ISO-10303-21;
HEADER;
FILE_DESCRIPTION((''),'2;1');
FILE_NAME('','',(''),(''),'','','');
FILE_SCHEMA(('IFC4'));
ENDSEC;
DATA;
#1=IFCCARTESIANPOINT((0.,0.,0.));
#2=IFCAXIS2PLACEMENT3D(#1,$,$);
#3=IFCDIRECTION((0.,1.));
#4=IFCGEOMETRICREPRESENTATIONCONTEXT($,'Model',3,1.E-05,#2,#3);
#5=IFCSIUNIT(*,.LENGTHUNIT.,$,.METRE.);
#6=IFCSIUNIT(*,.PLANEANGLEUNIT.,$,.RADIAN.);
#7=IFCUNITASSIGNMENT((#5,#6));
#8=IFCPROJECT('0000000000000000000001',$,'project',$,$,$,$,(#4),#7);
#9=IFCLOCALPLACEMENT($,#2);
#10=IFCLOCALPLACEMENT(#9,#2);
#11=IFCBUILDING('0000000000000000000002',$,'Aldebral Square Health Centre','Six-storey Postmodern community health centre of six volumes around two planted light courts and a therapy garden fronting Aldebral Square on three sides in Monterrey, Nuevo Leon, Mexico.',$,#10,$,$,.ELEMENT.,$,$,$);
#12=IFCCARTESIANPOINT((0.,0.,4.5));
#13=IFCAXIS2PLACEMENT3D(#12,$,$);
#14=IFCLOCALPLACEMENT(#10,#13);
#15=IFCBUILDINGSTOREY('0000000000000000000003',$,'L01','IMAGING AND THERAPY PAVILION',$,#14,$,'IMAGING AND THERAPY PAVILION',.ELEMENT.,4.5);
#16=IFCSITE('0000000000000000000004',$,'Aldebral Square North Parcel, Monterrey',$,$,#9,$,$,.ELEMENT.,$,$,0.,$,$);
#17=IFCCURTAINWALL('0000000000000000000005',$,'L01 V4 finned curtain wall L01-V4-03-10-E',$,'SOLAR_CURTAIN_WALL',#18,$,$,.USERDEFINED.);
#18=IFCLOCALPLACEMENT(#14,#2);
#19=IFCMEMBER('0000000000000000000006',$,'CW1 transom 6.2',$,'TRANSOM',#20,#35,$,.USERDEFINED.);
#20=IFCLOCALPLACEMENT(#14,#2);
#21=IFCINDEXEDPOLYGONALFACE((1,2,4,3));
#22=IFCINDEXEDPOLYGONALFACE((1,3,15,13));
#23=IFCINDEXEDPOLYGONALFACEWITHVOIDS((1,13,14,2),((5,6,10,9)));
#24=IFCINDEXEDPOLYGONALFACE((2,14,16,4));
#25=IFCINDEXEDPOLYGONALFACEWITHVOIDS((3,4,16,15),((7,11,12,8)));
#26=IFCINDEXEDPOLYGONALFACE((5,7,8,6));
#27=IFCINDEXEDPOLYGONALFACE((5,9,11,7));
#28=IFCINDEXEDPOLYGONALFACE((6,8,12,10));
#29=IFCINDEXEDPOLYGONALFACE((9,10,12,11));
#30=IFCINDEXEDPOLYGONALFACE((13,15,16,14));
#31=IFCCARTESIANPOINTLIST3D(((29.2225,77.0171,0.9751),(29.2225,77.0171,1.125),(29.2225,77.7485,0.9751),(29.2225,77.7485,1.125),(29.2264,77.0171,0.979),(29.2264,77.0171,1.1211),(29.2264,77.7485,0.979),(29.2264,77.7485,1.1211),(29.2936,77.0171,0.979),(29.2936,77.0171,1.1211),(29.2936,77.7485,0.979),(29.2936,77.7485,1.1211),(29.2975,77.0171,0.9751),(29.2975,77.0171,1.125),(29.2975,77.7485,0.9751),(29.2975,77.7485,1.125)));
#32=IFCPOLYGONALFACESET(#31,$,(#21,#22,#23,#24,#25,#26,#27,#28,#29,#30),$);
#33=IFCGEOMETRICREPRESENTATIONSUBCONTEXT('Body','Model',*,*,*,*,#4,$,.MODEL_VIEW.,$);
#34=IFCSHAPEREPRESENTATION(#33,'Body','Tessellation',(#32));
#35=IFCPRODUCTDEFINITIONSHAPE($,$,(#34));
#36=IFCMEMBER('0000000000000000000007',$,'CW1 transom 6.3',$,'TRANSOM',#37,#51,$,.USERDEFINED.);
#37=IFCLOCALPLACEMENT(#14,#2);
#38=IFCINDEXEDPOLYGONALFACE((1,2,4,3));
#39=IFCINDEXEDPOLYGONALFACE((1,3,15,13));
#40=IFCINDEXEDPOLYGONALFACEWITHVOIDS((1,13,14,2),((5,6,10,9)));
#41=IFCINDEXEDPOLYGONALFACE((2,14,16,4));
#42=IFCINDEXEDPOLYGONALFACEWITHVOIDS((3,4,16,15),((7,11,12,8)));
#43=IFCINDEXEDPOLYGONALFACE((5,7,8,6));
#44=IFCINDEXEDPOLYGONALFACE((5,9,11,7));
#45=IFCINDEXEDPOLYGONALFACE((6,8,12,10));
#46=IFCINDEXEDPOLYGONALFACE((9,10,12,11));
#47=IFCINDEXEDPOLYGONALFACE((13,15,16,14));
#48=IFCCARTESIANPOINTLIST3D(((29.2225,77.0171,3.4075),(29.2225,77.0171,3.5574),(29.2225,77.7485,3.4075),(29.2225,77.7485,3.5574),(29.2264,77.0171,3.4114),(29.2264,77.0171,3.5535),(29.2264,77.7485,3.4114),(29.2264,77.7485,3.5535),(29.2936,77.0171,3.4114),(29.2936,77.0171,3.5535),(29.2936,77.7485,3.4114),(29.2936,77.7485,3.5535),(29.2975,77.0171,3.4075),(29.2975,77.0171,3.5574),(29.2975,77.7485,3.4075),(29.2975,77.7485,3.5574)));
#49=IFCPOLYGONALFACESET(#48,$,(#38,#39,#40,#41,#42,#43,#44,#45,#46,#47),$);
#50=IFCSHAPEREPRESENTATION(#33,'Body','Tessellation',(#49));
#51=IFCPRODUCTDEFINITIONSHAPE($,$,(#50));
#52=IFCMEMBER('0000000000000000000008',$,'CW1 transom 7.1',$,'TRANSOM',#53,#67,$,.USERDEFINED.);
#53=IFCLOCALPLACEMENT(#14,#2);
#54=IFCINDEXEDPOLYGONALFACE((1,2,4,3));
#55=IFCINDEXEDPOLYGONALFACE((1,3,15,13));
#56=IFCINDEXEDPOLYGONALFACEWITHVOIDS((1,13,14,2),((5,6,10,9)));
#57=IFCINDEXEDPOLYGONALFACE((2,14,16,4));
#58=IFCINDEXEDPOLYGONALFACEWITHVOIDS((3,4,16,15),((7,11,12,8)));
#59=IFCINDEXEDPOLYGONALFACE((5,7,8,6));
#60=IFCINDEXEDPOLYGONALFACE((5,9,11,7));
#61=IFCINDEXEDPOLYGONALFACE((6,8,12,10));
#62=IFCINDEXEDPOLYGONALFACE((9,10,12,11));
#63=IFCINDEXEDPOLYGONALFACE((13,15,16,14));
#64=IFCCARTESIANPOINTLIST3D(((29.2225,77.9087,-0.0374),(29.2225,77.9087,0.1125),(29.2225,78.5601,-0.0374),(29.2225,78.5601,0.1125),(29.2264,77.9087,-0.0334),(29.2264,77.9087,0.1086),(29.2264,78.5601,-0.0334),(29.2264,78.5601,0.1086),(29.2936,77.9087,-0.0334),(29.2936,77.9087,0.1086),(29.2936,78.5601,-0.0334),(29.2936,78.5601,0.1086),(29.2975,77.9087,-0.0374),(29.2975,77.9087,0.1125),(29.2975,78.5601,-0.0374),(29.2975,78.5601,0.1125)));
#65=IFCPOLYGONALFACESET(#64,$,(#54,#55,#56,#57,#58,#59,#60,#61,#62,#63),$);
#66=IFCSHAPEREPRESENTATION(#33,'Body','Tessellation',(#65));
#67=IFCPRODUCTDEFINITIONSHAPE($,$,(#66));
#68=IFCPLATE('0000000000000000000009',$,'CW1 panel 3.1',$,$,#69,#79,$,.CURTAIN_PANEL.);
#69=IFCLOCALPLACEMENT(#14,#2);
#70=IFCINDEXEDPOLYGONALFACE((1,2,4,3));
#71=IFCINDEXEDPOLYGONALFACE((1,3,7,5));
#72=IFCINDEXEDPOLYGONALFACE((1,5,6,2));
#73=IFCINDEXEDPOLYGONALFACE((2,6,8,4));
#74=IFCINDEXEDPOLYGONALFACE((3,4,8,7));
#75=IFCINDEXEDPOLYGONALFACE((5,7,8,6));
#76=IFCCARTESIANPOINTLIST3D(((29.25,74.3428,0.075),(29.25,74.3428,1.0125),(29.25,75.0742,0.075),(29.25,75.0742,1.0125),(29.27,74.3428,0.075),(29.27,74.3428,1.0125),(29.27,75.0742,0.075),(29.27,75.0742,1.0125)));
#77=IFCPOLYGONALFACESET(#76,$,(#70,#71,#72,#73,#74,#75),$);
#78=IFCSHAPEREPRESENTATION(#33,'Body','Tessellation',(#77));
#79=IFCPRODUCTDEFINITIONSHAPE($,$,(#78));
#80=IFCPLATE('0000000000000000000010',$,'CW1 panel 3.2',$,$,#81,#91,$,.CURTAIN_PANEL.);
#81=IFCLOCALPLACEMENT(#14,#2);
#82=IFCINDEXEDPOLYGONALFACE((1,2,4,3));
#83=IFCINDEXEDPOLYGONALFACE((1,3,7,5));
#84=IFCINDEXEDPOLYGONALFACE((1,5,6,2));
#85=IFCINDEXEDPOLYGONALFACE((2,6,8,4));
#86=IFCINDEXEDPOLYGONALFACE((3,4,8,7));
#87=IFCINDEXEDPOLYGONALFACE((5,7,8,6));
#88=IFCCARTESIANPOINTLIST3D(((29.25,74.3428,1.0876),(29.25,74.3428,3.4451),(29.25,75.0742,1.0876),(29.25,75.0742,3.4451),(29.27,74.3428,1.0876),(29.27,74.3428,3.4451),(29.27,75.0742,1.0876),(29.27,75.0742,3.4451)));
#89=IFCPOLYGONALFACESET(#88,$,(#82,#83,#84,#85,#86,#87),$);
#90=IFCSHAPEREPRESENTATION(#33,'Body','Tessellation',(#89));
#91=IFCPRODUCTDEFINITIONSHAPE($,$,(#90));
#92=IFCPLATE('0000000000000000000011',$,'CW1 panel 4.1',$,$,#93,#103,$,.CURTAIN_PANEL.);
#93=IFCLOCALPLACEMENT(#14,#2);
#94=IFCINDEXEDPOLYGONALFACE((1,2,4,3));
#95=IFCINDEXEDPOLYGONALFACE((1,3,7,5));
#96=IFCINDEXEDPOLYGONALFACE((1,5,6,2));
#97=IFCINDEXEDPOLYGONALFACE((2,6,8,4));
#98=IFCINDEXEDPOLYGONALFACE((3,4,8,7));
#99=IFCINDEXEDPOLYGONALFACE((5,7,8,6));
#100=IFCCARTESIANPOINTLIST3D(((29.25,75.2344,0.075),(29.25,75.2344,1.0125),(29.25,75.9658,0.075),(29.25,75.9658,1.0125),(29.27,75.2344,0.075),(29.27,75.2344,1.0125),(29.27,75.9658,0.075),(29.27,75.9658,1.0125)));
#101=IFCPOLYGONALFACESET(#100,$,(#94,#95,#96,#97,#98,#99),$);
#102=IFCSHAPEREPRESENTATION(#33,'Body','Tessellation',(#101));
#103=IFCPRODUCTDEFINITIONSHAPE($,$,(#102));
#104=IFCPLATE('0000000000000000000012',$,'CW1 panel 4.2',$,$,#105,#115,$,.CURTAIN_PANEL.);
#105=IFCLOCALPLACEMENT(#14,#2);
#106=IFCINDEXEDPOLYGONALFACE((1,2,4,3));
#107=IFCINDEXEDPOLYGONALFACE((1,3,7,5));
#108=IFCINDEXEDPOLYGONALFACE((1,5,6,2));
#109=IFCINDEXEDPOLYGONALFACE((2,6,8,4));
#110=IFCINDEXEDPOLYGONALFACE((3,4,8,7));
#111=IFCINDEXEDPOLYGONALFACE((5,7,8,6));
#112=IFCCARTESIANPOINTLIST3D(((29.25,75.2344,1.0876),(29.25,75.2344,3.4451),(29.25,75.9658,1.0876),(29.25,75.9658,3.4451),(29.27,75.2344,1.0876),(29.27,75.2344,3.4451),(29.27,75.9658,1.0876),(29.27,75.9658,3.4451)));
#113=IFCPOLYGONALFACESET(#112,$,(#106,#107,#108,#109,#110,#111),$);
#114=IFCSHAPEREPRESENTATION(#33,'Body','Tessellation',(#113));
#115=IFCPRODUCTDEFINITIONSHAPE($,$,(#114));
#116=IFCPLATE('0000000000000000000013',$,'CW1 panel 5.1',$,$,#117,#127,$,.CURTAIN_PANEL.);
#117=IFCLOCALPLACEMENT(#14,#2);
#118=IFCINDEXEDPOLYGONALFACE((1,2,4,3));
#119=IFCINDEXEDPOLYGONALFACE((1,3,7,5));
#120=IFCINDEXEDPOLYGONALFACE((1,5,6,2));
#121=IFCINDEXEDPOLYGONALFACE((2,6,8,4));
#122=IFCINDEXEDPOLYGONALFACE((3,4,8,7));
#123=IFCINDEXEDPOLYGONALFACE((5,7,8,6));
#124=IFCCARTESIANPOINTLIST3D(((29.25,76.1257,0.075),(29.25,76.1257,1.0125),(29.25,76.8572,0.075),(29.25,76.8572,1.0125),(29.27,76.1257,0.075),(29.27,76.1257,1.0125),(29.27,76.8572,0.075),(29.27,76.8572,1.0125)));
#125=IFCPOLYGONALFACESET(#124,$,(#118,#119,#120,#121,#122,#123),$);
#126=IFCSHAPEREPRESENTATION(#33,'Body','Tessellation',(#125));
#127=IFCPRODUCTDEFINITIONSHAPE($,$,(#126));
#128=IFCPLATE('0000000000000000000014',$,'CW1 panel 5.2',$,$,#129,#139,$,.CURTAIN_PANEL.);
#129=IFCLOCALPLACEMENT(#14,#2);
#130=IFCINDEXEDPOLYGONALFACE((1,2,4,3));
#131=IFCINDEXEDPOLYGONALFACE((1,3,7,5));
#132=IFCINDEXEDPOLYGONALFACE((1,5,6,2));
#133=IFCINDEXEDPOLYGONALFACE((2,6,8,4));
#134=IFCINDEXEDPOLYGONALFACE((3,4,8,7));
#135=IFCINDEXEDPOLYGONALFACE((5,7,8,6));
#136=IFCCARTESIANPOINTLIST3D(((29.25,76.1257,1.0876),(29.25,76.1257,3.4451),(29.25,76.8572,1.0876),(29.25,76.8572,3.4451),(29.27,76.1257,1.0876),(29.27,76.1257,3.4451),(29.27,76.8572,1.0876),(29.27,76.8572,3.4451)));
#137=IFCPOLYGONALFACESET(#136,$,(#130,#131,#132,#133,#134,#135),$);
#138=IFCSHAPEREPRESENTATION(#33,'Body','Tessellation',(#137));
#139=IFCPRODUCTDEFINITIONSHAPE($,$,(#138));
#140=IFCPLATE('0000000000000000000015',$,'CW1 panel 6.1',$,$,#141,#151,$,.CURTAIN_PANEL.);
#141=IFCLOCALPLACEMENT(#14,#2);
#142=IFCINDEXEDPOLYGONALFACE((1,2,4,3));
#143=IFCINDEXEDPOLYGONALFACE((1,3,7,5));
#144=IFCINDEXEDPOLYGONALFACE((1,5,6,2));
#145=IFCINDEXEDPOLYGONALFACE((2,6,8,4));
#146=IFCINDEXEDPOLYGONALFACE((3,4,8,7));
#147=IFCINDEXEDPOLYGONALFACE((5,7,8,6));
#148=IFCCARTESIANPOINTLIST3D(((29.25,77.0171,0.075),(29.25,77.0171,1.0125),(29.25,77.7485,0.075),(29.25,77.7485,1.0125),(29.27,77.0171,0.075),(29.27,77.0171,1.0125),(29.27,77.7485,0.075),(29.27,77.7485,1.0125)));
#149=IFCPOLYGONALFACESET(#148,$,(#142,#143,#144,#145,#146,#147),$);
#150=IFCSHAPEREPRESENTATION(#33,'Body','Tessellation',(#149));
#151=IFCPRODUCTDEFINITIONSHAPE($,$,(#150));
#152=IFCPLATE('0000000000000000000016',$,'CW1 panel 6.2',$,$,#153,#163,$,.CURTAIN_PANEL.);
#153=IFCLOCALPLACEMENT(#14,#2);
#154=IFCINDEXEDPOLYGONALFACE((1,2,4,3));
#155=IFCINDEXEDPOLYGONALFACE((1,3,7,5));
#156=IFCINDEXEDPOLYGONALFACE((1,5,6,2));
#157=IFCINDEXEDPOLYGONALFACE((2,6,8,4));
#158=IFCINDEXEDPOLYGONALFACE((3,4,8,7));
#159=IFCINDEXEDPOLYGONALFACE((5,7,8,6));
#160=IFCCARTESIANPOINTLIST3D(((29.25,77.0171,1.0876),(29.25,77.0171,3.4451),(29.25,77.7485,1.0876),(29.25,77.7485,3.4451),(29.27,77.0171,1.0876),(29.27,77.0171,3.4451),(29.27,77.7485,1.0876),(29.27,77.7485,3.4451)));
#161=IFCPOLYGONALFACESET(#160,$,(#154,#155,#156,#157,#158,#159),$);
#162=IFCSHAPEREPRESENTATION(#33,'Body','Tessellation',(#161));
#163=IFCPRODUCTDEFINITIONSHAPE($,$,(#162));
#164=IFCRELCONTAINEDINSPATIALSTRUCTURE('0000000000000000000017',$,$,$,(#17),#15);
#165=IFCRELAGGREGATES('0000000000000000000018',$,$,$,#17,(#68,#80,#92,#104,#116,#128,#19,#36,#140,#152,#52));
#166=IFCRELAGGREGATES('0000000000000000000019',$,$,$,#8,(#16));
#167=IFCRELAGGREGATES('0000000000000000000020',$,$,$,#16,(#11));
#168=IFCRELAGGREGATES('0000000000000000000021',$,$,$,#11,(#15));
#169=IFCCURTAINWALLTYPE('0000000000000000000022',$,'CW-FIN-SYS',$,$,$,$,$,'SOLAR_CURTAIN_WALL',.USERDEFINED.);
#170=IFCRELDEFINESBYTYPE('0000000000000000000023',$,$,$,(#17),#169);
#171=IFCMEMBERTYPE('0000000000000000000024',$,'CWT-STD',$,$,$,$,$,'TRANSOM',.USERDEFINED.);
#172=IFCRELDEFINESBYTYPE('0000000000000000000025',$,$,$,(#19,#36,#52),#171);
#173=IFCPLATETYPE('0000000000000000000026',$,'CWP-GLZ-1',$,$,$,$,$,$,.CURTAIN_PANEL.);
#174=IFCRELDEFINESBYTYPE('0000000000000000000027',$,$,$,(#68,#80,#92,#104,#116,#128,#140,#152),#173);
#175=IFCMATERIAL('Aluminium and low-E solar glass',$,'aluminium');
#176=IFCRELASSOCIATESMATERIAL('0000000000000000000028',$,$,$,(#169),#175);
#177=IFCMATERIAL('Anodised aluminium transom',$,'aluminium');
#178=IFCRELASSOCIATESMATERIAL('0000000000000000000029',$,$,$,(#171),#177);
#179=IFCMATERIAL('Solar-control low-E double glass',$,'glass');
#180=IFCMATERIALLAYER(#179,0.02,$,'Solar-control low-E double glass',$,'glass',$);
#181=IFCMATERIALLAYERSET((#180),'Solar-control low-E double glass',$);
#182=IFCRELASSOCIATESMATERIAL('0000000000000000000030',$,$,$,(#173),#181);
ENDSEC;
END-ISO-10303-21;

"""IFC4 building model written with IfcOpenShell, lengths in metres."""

from ifc_helpers import new_model, si_unit, direction, frame, origin, origin_2d, place, context, subcontext, project, spatial, rectangle, hollow_rectangle, extrude, material, layer, layer_set, material_profile, profile_set, type_object, element, aggregate, save


model = new_model("IFC4")

# Units and contexts
model_context = context("Model", 3, precision=1e-05, world=origin(), true_north=direction((0.0, 1.0)))
body_context = subcontext(model_context, "Body", "Model", "MODEL_VIEW")
ifc_project = project(units=[si_unit("LENGTHUNIT", "METRE"), si_unit("PLANEANGLEUNIT", "RADIAN")], contexts=[model_context])

# Site, building, storey
site_placement = place(None, origin())
site = spatial("IfcSite", under=ifc_project, at=site_placement, Name="Aldebral Square North Parcel, Monterrey", CompositionType="ELEMENT", RefElevation=0.0)
building_placement = place(site_placement, origin())
building = spatial("IfcBuilding", under=site, at=building_placement, Name="Aldebral Square Health Centre", Description="Six-storey Postmodern community health centre of six volumes around two planted light courts and a therapy garden fronting Aldebral Square on three sides in Monterrey, Nuevo Leon, Mexico.", CompositionType="ELEMENT")
storey_placement = place(building_placement, frame((0.0, 0.0, 4.5)))
storey = spatial("IfcBuildingStorey", under=building, at=storey_placement, Name="L01", Description="IMAGING AND THERAPY PAVILION", LongName="IMAGING AND THERAPY PAVILION", CompositionType="ELEMENT", Elevation=4.5)

# Curtain wall, members, plates
ifc_material_1 = material(Name="Aluminium and low-E solar glass", Category="aluminium")
curtain_wall_type = type_object("IfcCurtainWallType", Name="CW-FIN-SYS", ElementType="SOLAR_CURTAIN_WALL", PredefinedType="USERDEFINED", material=ifc_material_1)
curtain_wall_placement = place(storey_placement, origin())
curtain_wall = element("IfcCurtainWall", 1, at=curtain_wall_placement, inside=storey, type_object=curtain_wall_type, Name="L01 V4 finned curtain wall L01-V4-03-10-E", ObjectType="SOLAR_CURTAIN_WALL", PredefinedType="USERDEFINED")
ifc_material_2 = material(Name="Anodised aluminium transom", Category="aluminium")
ifc_material_profile_1 = material_profile(ifc_material_2, hollow_rectangle(XDim=0.075, YDim=0.1499, WallThickness=0.0039, at=origin_2d()), Name="CWT 75x150x4")
ifc_profile_set_1 = profile_set([ifc_material_profile_1], Name="Anodised aluminium transom")
member_type_1 = type_object("IfcMemberType", Name="CWT-STD", ElementType="TRANSOM", PredefinedType="USERDEFINED", material=ifc_profile_set_1)
member_1_placement = place(storey_placement, frame((29.26, 77.0171, 1.05), z_axis=(0.0, 1.0, 0.0), x_axis=(-1.0, 0.0, 0.0)))
member_1 = element("IfcMember", 2, at=member_1_placement, type_object=member_type_1, Name="CW1 transom 6.2", ObjectType="TRANSOM", PredefinedType="USERDEFINED", context=body_context, shape_type="SweptSolid", body=[
    extrude(hollow_rectangle(XDim=0.075, YDim=0.1499, WallThickness=0.0039, at=origin_2d()), origin(), (0.0, 0.0, 1.0), 0.7314),
])
member_2_placement = place(storey_placement, frame((29.26, 77.0171, 3.4824), z_axis=(0.0, 1.0, 0.0), x_axis=(-1.0, 0.0, 0.0)))
member_2 = element("IfcMember", 3, at=member_2_placement, type_object=member_type_1, Name="CW1 transom 6.3", ObjectType="TRANSOM", PredefinedType="USERDEFINED", context=body_context, shape_type="SweptSolid", body=[
    extrude(hollow_rectangle(XDim=0.075, YDim=0.1499, WallThickness=0.0039, at=origin_2d()), origin(), (0.0, 0.0, 1.0), 0.7314),
])
member_3_placement = place(storey_placement, frame((29.26, 77.9087, 0.0376), z_axis=(0.0, 1.0, 0.0), x_axis=(-1.0, 0.0, 0.0)))
member_3 = element("IfcMember", 4, at=member_3_placement, type_object=member_type_1, Name="CW1 transom 7.1", ObjectType="TRANSOM", PredefinedType="USERDEFINED", context=body_context, shape_type="SweptSolid", body=[
    extrude(hollow_rectangle(XDim=0.075, YDim=0.1499, WallThickness=0.0039, at=origin_2d()), origin(), (0.0, 0.0, 1.0), 0.6514),
])
ifc_material_3 = material(Name="Solar-control low-E double glass", Category="glass")
ifc_layer = layer(ifc_material_3, 0.02, Name="Solar-control low-E double glass", Category="glass")
ifc_layer_set = layer_set([ifc_layer], Name="Solar-control low-E double glass")
plate_type = type_object("IfcPlateType", Name="CWP-GLZ-1", PredefinedType="CURTAIN_PANEL", material=ifc_layer_set)
plate_1_placement = place(storey_placement, frame((29.26, 74.7085, 0.075), z_axis=(0.0, 0.0, 1.0), x_axis=(0.0, 1.0, 0.0)))
plate_1 = element("IfcPlate", 5, at=plate_1_placement, type_object=plate_type, Name="CW1 panel 3.1", PredefinedType="CURTAIN_PANEL", context=body_context, shape_type="SweptSolid", body=[
    extrude(rectangle(XDim=0.7314, YDim=0.02, at=origin_2d()), origin(), (0.0, 0.0, 1.0), 0.9375),
])
plate_2_placement = place(storey_placement, frame((29.26, 74.7085, 1.0876), z_axis=(0.0, 0.0, 1.0), x_axis=(0.0, 1.0, 0.0)))
plate_2 = element("IfcPlate", 6, at=plate_2_placement, type_object=plate_type, Name="CW1 panel 3.2", PredefinedType="CURTAIN_PANEL", context=body_context, shape_type="SweptSolid", body=[
    extrude(rectangle(XDim=0.7314, YDim=0.02, at=origin_2d()), origin(), (0.0, 0.0, 1.0), 2.3574),
])
plate_3_placement = place(storey_placement, frame((29.26, 75.6001, 0.075), z_axis=(0.0, 0.0, 1.0), x_axis=(0.0, 1.0, 0.0)))
plate_3 = element("IfcPlate", 7, at=plate_3_placement, type_object=plate_type, Name="CW1 panel 4.1", PredefinedType="CURTAIN_PANEL", context=body_context, shape_type="SweptSolid", body=[
    extrude(rectangle(XDim=0.7314, YDim=0.02, at=origin_2d()), origin(), (0.0, 0.0, 1.0), 0.9375),
])
plate_4_placement = place(storey_placement, frame((29.26, 75.6001, 1.0876), z_axis=(0.0, 0.0, 1.0), x_axis=(0.0, 1.0, 0.0)))
plate_4 = element("IfcPlate", 8, at=plate_4_placement, type_object=plate_type, Name="CW1 panel 4.2", PredefinedType="CURTAIN_PANEL", context=body_context, shape_type="SweptSolid", body=[
    extrude(rectangle(XDim=0.7314, YDim=0.02, at=origin_2d()), origin(), (0.0, 0.0, 1.0), 2.3574),
])
plate_5_placement = place(storey_placement, frame((29.26, 76.4915, 0.075), z_axis=(0.0, 0.0, 1.0), x_axis=(0.0, 1.0, 0.0)))
plate_5 = element("IfcPlate", 9, at=plate_5_placement, type_object=plate_type, Name="CW1 panel 5.1", PredefinedType="CURTAIN_PANEL", context=body_context, shape_type="SweptSolid", body=[
    extrude(rectangle(XDim=0.7314, YDim=0.02, at=origin_2d()), origin(), (0.0, 0.0, 1.0), 0.9375),
])
plate_6_placement = place(storey_placement, frame((29.26, 76.4915, 1.0876), z_axis=(0.0, 0.0, 1.0), x_axis=(0.0, 1.0, 0.0)))
plate_6 = element("IfcPlate", 10, at=plate_6_placement, type_object=plate_type, Name="CW1 panel 5.2", PredefinedType="CURTAIN_PANEL", context=body_context, shape_type="SweptSolid", body=[
    extrude(rectangle(XDim=0.7314, YDim=0.02, at=origin_2d()), origin(), (0.0, 0.0, 1.0), 2.3574),
])
plate_7_placement = place(storey_placement, frame((29.26, 77.3828, 0.075), z_axis=(0.0, 0.0, 1.0), x_axis=(0.0, 1.0, 0.0)))
plate_7 = element("IfcPlate", 11, at=plate_7_placement, type_object=plate_type, Name="CW1 panel 6.1", PredefinedType="CURTAIN_PANEL", context=body_context, shape_type="SweptSolid", body=[
    extrude(rectangle(XDim=0.7314, YDim=0.02, at=origin_2d()), origin(), (0.0, 0.0, 1.0), 0.9375),
])
plate_8_placement = place(storey_placement, frame((29.26, 77.3828, 1.0876), z_axis=(0.0, 0.0, 1.0), x_axis=(0.0, 1.0, 0.0)))
plate_8 = element("IfcPlate", 12, at=plate_8_placement, type_object=plate_type, Name="CW1 panel 6.2", PredefinedType="CURTAIN_PANEL", context=body_context, shape_type="SweptSolid", body=[
    extrude(rectangle(XDim=0.7314, YDim=0.02, at=origin_2d()), origin(), (0.0, 0.0, 1.0), 2.3574),
])
aggregate(curtain_wall, [plate_1, plate_2, plate_3, plate_4, plate_5, plate_6, member_1, member_2, plate_7, plate_8, member_3])

save(model, "model.ifc")
